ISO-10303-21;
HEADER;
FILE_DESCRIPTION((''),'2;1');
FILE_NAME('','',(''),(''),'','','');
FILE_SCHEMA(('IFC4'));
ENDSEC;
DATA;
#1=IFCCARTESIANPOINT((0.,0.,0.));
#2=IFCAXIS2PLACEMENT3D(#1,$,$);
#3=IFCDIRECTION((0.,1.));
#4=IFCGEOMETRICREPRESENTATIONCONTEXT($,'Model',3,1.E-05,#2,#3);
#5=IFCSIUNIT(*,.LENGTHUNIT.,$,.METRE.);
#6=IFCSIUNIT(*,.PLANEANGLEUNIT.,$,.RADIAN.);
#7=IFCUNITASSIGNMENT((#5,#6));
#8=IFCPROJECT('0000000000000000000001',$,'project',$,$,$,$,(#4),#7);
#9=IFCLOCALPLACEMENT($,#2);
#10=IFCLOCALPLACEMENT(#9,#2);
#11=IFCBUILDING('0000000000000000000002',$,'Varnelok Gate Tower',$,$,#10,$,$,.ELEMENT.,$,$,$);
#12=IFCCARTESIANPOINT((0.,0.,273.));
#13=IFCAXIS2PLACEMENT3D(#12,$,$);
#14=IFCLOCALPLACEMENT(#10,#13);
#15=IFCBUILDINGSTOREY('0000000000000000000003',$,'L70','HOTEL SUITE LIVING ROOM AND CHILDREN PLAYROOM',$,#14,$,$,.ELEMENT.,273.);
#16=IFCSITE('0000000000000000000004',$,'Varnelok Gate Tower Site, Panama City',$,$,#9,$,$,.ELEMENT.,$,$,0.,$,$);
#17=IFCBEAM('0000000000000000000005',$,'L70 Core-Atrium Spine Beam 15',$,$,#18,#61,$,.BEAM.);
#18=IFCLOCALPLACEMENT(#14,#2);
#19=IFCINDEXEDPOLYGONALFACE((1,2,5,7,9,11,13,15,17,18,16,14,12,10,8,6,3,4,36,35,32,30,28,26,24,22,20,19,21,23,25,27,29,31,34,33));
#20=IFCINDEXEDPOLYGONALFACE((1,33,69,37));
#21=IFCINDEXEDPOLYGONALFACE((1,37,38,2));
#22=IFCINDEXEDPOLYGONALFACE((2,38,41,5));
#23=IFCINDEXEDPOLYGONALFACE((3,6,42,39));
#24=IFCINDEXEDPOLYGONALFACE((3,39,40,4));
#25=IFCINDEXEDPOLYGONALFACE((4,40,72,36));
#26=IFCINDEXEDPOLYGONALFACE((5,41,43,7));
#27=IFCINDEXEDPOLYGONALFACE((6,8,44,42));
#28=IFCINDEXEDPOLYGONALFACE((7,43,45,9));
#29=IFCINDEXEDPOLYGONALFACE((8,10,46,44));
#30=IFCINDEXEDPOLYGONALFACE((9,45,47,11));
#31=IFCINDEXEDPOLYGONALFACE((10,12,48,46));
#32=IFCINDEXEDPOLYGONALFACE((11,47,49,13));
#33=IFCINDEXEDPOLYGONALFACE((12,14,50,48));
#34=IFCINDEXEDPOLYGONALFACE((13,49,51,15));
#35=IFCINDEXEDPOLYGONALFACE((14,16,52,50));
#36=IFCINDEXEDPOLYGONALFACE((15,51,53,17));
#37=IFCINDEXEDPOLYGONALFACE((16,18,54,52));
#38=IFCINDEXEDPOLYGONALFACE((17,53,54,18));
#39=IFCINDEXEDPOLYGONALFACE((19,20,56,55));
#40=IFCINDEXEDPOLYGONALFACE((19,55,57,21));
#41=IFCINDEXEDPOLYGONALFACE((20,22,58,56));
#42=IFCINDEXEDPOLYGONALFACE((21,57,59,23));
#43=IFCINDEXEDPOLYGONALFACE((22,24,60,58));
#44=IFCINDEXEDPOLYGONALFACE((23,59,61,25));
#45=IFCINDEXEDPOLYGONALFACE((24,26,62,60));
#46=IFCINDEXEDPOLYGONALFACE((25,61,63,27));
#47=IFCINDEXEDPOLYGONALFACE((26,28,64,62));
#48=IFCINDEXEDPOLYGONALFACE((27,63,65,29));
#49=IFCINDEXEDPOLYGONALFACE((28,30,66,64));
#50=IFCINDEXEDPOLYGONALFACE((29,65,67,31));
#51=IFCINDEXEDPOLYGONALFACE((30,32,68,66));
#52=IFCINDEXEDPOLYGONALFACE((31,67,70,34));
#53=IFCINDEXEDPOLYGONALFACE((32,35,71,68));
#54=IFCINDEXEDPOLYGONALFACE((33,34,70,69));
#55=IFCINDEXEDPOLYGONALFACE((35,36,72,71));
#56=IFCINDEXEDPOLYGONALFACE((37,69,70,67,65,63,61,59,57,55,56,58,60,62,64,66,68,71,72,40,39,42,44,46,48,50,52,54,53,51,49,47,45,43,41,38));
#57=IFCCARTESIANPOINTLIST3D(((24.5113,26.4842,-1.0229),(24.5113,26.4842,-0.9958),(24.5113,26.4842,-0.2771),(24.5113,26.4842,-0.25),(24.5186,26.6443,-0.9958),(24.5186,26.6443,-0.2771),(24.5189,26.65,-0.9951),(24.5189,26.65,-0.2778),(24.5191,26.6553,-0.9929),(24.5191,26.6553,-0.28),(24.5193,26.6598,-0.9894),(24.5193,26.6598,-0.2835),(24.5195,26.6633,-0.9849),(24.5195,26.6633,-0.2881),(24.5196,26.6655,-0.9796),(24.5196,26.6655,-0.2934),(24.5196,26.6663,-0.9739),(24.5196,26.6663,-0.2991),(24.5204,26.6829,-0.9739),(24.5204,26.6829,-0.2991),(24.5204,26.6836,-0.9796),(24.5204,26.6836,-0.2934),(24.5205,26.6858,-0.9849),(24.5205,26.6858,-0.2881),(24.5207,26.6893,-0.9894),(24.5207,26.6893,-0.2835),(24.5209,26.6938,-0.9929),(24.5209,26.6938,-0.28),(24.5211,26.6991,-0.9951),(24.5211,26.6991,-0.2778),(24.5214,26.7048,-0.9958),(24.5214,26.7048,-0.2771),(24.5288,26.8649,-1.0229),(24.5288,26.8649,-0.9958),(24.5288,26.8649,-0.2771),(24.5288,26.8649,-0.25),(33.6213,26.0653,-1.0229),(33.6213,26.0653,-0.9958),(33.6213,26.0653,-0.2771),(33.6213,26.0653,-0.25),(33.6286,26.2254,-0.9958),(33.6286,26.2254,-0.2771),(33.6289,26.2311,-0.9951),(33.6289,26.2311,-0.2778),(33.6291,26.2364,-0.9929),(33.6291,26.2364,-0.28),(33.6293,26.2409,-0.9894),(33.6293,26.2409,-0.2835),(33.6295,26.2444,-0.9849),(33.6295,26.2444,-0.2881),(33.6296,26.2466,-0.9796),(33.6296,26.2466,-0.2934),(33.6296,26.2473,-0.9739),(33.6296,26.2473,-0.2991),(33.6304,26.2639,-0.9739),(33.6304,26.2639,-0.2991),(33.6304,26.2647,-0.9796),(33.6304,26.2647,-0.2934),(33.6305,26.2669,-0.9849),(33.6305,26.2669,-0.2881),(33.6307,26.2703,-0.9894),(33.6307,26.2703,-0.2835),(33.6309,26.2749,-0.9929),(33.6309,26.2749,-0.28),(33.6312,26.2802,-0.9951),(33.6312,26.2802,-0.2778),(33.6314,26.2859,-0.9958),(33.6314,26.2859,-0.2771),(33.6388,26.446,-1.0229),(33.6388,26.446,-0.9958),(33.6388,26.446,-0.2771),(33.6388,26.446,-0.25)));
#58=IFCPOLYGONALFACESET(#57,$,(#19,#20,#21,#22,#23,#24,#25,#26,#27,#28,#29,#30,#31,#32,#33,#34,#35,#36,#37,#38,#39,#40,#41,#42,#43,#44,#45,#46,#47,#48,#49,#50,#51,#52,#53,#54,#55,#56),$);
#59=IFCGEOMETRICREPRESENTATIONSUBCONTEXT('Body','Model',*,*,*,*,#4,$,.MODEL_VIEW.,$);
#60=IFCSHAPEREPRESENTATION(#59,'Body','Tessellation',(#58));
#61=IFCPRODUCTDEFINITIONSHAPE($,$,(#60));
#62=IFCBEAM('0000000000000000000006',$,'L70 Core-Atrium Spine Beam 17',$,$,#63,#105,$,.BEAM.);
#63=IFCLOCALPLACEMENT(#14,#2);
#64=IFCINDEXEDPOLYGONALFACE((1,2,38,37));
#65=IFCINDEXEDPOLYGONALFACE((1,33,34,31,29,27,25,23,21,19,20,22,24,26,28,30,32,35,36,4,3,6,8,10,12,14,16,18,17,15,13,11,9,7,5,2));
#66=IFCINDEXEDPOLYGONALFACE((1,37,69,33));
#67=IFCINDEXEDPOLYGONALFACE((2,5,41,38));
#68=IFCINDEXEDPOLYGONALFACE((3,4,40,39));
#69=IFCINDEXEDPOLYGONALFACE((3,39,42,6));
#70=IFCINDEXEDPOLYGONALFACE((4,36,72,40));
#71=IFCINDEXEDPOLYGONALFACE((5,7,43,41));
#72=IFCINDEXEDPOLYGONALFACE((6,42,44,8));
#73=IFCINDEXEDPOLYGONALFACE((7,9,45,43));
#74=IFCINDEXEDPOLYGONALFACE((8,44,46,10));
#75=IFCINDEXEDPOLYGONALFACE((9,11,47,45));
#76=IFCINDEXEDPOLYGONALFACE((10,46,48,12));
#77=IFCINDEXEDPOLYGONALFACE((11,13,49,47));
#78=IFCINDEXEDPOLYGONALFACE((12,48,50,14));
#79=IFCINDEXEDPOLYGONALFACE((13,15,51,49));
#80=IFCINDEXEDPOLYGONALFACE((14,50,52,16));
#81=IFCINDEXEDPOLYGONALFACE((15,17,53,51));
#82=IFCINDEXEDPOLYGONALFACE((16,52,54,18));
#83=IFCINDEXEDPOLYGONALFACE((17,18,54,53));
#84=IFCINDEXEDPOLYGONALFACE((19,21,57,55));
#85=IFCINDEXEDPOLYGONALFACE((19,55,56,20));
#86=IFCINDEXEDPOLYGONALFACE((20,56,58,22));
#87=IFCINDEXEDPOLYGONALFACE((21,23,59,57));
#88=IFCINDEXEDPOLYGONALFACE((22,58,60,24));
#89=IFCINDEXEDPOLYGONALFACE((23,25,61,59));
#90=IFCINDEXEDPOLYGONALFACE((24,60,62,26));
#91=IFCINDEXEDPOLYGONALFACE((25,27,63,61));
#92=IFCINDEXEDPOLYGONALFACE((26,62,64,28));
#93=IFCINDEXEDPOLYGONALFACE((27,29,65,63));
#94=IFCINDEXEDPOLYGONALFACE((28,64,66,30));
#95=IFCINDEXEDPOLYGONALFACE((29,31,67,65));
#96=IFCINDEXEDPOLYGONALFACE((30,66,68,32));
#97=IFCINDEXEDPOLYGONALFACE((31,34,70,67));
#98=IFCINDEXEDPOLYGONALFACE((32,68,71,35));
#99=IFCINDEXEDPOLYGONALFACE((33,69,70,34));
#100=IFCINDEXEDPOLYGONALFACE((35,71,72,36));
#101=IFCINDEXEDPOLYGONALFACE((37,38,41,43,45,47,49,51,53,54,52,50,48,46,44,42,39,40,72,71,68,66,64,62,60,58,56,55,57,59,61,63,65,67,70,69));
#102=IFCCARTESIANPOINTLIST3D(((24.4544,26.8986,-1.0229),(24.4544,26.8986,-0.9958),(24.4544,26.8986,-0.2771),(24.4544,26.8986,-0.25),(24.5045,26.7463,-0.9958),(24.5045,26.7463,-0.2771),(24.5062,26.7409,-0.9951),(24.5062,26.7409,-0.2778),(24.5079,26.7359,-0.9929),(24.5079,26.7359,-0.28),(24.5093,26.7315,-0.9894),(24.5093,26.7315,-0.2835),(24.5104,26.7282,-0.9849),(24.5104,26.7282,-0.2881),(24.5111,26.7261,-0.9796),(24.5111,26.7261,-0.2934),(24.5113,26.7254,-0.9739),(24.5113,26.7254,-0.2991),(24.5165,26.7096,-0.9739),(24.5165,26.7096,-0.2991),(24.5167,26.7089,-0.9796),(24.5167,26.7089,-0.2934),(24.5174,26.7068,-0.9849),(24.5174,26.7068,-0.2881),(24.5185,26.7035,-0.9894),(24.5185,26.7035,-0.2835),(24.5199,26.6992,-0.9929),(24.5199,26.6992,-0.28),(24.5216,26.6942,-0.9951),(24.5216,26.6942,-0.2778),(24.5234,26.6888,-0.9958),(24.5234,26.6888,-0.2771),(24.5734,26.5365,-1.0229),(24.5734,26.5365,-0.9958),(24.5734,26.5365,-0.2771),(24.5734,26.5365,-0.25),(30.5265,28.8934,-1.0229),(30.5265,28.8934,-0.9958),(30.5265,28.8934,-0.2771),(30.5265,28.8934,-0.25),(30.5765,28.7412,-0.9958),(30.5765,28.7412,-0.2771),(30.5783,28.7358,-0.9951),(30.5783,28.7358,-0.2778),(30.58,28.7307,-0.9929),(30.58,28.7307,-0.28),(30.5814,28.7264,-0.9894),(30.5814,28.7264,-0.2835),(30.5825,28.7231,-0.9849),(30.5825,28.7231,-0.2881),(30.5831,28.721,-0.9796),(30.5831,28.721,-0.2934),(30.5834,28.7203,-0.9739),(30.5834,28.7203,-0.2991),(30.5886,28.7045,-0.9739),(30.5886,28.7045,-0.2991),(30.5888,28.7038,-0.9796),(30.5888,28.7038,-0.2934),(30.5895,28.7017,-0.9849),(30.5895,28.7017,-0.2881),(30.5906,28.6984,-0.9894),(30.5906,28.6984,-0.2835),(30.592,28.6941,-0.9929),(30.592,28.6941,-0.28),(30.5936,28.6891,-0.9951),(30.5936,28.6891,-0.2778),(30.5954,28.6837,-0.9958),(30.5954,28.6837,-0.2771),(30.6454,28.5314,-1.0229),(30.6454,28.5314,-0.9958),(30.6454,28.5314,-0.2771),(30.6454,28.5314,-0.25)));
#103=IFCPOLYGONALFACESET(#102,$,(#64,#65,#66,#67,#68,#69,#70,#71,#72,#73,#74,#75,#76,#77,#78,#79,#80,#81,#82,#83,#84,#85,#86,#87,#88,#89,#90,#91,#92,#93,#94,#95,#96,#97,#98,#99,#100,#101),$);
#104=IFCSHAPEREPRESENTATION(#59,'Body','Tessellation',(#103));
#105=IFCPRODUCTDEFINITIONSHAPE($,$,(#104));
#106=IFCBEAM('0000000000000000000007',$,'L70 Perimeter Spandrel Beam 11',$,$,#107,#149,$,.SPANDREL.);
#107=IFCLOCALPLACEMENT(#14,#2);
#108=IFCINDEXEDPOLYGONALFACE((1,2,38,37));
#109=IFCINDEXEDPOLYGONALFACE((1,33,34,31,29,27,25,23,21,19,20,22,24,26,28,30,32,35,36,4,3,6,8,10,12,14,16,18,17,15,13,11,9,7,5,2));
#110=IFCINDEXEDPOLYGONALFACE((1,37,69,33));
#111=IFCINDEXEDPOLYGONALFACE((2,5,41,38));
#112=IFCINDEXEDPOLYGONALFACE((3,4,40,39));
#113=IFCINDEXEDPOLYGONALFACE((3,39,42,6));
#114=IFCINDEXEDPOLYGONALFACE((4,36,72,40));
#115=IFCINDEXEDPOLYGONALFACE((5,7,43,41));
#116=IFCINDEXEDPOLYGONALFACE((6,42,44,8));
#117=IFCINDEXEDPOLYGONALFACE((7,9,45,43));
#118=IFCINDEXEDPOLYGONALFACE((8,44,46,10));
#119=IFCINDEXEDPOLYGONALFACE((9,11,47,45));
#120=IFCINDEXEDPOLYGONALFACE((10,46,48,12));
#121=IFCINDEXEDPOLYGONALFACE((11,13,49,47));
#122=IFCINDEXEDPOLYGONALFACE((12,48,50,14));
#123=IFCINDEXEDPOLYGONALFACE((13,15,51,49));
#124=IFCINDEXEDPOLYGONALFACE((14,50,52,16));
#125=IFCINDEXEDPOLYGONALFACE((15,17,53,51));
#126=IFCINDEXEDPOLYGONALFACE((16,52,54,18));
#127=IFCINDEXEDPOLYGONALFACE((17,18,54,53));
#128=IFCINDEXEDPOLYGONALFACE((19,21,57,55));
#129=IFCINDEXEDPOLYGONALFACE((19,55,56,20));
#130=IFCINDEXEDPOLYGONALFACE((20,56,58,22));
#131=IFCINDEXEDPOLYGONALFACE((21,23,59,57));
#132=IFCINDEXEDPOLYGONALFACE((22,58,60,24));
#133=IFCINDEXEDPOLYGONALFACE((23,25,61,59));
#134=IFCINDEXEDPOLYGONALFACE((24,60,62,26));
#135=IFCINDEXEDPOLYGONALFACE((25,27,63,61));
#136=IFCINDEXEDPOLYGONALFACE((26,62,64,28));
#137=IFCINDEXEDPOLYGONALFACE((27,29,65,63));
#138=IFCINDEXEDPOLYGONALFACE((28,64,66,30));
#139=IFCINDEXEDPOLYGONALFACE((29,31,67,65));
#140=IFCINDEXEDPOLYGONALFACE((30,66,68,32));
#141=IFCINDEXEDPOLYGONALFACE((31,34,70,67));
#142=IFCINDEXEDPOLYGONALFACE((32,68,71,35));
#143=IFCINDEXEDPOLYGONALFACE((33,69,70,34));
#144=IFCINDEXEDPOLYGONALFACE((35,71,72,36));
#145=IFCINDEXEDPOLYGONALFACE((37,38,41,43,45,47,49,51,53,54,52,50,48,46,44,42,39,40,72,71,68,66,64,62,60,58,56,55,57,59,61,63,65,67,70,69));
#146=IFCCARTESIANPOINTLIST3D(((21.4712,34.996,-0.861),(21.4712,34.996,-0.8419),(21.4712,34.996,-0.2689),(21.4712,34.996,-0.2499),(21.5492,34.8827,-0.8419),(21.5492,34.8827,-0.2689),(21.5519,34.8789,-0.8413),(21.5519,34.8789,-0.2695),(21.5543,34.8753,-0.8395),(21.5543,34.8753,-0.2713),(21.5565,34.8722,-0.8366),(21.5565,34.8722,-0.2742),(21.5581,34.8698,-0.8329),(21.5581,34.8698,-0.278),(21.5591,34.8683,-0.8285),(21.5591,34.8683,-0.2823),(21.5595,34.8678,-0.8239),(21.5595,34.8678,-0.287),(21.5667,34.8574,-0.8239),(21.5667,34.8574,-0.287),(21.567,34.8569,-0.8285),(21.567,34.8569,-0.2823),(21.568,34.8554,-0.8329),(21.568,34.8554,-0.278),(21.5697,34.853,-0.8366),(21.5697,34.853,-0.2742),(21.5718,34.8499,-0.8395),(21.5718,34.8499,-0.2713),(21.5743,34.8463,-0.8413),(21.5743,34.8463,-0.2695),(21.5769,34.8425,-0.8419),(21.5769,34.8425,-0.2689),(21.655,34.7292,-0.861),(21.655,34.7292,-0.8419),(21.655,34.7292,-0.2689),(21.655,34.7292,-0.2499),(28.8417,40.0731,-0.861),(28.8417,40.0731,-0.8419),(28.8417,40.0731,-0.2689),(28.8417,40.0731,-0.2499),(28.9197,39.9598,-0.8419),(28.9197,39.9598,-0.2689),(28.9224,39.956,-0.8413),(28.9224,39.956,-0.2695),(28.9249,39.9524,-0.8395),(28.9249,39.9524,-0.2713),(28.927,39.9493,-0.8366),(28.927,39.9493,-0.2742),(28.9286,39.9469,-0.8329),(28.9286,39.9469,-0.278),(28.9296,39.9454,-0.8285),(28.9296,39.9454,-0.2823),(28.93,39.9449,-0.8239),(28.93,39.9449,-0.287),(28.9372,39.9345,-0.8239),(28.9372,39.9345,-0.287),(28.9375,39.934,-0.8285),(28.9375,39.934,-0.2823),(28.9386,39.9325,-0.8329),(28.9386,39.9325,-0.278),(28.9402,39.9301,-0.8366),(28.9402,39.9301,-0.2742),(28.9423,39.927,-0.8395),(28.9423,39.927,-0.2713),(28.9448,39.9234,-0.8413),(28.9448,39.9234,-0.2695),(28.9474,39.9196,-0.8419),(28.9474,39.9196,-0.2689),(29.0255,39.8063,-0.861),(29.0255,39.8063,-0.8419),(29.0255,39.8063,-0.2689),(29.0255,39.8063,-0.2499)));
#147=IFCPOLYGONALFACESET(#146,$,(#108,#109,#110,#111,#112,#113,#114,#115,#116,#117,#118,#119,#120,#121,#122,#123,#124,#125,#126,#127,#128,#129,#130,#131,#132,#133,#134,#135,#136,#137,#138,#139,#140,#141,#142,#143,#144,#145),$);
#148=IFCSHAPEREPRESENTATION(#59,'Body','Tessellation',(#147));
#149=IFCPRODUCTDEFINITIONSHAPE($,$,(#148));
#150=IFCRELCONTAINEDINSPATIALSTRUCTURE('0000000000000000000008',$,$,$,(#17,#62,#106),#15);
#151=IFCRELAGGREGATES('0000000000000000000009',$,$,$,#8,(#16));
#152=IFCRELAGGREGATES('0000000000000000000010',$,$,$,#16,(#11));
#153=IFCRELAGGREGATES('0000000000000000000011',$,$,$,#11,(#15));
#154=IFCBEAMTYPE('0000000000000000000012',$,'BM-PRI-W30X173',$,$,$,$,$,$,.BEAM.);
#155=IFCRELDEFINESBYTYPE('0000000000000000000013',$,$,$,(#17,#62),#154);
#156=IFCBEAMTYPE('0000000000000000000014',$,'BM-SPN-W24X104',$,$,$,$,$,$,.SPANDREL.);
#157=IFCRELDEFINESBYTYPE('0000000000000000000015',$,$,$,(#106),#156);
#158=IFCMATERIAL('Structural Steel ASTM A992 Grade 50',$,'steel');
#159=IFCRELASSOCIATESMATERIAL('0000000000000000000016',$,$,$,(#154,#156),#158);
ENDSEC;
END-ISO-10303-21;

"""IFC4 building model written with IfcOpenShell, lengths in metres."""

from ifc_helpers import new_model, si_unit, direction, frame, origin, origin_2d, place, context, subcontext, project, spatial, i_section, extrude, material, material_profile, profile_set, type_object, element, save


model = new_model("IFC4")

# Units and contexts
model_context = context("Model", 3, precision=1e-05, world=origin(), true_north=direction((0.0, 1.0)))
body_context = subcontext(model_context, "Body", "Model", "MODEL_VIEW")
ifc_project = project(units=[si_unit("LENGTHUNIT", "METRE"), si_unit("PLANEANGLEUNIT", "RADIAN")], contexts=[model_context])

# Site, building, storey
site_placement = place(None, origin())
site = spatial("IfcSite", under=ifc_project, at=site_placement, Name="Varnelok Gate Tower Site, Panama City", CompositionType="ELEMENT", RefElevation=0.0)
building_placement = place(site_placement, origin())
building = spatial("IfcBuilding", under=site, at=building_placement, Name="Varnelok Gate Tower", CompositionType="ELEMENT")
storey_placement = place(building_placement, frame((0.0, 0.0, 273.0)))
storey = spatial("IfcBuildingStorey", under=building, at=storey_placement, Name="L70", Description="HOTEL SUITE LIVING ROOM AND CHILDREN PLAYROOM", CompositionType="ELEMENT", Elevation=273.0)

# Shared definitions
ifc_material_1 = material(Name="Structural Steel ASTM A992 Grade 50", Category="steel")

# Beams
ifc_material_profile_1 = material_profile(ifc_material_1, i_section(OverallWidth=0.3811, OverallDepth=0.7729, WebThickness=0.0166, FlangeThickness=0.0271, FilletRadius=0.022, at=origin_2d()), Name="W30X173")
ifc_profile_set_1 = profile_set([ifc_material_profile_1], Name="Structural Steel ASTM A992 Grade 50")
beam_type_1 = type_object("IfcBeamType", Name="BM-PRI-W30X173", PredefinedType="BEAM", material=ifc_profile_set_1)
beam_1_placement = place(storey_placement, frame((24.52, 26.6746, -0.6365), z_axis=(0.998944, -0.045938, 0.0), x_axis=(0.045938, 0.998944, 0.0)))
element("IfcBeam", 1, at=beam_1_placement, inside=storey, type_object=beam_type_1, Name="L70 Core-Atrium Spine Beam 15", PredefinedType="BEAM", context=body_context, shape_type="SweptSolid", body=[
    extrude(i_section(OverallWidth=0.3811, OverallDepth=0.7729, WebThickness=0.0166, FlangeThickness=0.0271, FilletRadius=0.022, at=origin_2d()), origin(), (0.0, 0.0, 1.0), 9.1196),
])
beam_2_placement = place(storey_placement, frame((24.5139, 26.7175, -0.6365), z_axis=(0.950042, 0.312122, 0.0), x_axis=(-0.312122, 0.950042, 0.0)))
element("IfcBeam", 2, at=beam_2_placement, inside=storey, type_object=beam_type_1, Name="L70 Core-Atrium Spine Beam 17", PredefinedType="BEAM", context=body_context, shape_type="SweptSolid", body=[
    extrude(i_section(OverallWidth=0.3811, OverallDepth=0.7729, WebThickness=0.0166, FlangeThickness=0.0271, FilletRadius=0.022, at=origin_2d()), origin(), (0.0, 0.0, 1.0), 6.3914),
])
ifc_material_profile_2 = material_profile(ifc_material_1, i_section(OverallWidth=0.324, OverallDepth=0.6111, WebThickness=0.0127, FlangeThickness=0.019, FilletRadius=0.0181, at=origin_2d()), Name="W24X104")
ifc_profile_set_2 = profile_set([ifc_material_profile_2], Name="Structural Steel ASTM A992 Grade 50")
beam_type_2 = type_object("IfcBeamType", Name="BM-SPN-W24X104", PredefinedType="SPANDREL", material=ifc_profile_set_2)
beam_3_placement = place(storey_placement, frame((28.9336, 39.9397, -0.5554), z_axis=(-0.823527, -0.567276, 0.0), x_axis=(0.567276, -0.823527, 0.0)))
element("IfcBeam", 3, at=beam_3_placement, inside=storey, type_object=beam_type_2, Name="L70 Perimeter Spandrel Beam 11", PredefinedType="SPANDREL", context=body_context, shape_type="SweptSolid", body=[
    extrude(i_section(OverallWidth=0.324, OverallDepth=0.6111, WebThickness=0.0127, FlangeThickness=0.019, FilletRadius=0.0181, at=origin_2d()), origin(), (0.0, 0.0, 1.0), 8.95),
])

save(model, "model.ifc")
